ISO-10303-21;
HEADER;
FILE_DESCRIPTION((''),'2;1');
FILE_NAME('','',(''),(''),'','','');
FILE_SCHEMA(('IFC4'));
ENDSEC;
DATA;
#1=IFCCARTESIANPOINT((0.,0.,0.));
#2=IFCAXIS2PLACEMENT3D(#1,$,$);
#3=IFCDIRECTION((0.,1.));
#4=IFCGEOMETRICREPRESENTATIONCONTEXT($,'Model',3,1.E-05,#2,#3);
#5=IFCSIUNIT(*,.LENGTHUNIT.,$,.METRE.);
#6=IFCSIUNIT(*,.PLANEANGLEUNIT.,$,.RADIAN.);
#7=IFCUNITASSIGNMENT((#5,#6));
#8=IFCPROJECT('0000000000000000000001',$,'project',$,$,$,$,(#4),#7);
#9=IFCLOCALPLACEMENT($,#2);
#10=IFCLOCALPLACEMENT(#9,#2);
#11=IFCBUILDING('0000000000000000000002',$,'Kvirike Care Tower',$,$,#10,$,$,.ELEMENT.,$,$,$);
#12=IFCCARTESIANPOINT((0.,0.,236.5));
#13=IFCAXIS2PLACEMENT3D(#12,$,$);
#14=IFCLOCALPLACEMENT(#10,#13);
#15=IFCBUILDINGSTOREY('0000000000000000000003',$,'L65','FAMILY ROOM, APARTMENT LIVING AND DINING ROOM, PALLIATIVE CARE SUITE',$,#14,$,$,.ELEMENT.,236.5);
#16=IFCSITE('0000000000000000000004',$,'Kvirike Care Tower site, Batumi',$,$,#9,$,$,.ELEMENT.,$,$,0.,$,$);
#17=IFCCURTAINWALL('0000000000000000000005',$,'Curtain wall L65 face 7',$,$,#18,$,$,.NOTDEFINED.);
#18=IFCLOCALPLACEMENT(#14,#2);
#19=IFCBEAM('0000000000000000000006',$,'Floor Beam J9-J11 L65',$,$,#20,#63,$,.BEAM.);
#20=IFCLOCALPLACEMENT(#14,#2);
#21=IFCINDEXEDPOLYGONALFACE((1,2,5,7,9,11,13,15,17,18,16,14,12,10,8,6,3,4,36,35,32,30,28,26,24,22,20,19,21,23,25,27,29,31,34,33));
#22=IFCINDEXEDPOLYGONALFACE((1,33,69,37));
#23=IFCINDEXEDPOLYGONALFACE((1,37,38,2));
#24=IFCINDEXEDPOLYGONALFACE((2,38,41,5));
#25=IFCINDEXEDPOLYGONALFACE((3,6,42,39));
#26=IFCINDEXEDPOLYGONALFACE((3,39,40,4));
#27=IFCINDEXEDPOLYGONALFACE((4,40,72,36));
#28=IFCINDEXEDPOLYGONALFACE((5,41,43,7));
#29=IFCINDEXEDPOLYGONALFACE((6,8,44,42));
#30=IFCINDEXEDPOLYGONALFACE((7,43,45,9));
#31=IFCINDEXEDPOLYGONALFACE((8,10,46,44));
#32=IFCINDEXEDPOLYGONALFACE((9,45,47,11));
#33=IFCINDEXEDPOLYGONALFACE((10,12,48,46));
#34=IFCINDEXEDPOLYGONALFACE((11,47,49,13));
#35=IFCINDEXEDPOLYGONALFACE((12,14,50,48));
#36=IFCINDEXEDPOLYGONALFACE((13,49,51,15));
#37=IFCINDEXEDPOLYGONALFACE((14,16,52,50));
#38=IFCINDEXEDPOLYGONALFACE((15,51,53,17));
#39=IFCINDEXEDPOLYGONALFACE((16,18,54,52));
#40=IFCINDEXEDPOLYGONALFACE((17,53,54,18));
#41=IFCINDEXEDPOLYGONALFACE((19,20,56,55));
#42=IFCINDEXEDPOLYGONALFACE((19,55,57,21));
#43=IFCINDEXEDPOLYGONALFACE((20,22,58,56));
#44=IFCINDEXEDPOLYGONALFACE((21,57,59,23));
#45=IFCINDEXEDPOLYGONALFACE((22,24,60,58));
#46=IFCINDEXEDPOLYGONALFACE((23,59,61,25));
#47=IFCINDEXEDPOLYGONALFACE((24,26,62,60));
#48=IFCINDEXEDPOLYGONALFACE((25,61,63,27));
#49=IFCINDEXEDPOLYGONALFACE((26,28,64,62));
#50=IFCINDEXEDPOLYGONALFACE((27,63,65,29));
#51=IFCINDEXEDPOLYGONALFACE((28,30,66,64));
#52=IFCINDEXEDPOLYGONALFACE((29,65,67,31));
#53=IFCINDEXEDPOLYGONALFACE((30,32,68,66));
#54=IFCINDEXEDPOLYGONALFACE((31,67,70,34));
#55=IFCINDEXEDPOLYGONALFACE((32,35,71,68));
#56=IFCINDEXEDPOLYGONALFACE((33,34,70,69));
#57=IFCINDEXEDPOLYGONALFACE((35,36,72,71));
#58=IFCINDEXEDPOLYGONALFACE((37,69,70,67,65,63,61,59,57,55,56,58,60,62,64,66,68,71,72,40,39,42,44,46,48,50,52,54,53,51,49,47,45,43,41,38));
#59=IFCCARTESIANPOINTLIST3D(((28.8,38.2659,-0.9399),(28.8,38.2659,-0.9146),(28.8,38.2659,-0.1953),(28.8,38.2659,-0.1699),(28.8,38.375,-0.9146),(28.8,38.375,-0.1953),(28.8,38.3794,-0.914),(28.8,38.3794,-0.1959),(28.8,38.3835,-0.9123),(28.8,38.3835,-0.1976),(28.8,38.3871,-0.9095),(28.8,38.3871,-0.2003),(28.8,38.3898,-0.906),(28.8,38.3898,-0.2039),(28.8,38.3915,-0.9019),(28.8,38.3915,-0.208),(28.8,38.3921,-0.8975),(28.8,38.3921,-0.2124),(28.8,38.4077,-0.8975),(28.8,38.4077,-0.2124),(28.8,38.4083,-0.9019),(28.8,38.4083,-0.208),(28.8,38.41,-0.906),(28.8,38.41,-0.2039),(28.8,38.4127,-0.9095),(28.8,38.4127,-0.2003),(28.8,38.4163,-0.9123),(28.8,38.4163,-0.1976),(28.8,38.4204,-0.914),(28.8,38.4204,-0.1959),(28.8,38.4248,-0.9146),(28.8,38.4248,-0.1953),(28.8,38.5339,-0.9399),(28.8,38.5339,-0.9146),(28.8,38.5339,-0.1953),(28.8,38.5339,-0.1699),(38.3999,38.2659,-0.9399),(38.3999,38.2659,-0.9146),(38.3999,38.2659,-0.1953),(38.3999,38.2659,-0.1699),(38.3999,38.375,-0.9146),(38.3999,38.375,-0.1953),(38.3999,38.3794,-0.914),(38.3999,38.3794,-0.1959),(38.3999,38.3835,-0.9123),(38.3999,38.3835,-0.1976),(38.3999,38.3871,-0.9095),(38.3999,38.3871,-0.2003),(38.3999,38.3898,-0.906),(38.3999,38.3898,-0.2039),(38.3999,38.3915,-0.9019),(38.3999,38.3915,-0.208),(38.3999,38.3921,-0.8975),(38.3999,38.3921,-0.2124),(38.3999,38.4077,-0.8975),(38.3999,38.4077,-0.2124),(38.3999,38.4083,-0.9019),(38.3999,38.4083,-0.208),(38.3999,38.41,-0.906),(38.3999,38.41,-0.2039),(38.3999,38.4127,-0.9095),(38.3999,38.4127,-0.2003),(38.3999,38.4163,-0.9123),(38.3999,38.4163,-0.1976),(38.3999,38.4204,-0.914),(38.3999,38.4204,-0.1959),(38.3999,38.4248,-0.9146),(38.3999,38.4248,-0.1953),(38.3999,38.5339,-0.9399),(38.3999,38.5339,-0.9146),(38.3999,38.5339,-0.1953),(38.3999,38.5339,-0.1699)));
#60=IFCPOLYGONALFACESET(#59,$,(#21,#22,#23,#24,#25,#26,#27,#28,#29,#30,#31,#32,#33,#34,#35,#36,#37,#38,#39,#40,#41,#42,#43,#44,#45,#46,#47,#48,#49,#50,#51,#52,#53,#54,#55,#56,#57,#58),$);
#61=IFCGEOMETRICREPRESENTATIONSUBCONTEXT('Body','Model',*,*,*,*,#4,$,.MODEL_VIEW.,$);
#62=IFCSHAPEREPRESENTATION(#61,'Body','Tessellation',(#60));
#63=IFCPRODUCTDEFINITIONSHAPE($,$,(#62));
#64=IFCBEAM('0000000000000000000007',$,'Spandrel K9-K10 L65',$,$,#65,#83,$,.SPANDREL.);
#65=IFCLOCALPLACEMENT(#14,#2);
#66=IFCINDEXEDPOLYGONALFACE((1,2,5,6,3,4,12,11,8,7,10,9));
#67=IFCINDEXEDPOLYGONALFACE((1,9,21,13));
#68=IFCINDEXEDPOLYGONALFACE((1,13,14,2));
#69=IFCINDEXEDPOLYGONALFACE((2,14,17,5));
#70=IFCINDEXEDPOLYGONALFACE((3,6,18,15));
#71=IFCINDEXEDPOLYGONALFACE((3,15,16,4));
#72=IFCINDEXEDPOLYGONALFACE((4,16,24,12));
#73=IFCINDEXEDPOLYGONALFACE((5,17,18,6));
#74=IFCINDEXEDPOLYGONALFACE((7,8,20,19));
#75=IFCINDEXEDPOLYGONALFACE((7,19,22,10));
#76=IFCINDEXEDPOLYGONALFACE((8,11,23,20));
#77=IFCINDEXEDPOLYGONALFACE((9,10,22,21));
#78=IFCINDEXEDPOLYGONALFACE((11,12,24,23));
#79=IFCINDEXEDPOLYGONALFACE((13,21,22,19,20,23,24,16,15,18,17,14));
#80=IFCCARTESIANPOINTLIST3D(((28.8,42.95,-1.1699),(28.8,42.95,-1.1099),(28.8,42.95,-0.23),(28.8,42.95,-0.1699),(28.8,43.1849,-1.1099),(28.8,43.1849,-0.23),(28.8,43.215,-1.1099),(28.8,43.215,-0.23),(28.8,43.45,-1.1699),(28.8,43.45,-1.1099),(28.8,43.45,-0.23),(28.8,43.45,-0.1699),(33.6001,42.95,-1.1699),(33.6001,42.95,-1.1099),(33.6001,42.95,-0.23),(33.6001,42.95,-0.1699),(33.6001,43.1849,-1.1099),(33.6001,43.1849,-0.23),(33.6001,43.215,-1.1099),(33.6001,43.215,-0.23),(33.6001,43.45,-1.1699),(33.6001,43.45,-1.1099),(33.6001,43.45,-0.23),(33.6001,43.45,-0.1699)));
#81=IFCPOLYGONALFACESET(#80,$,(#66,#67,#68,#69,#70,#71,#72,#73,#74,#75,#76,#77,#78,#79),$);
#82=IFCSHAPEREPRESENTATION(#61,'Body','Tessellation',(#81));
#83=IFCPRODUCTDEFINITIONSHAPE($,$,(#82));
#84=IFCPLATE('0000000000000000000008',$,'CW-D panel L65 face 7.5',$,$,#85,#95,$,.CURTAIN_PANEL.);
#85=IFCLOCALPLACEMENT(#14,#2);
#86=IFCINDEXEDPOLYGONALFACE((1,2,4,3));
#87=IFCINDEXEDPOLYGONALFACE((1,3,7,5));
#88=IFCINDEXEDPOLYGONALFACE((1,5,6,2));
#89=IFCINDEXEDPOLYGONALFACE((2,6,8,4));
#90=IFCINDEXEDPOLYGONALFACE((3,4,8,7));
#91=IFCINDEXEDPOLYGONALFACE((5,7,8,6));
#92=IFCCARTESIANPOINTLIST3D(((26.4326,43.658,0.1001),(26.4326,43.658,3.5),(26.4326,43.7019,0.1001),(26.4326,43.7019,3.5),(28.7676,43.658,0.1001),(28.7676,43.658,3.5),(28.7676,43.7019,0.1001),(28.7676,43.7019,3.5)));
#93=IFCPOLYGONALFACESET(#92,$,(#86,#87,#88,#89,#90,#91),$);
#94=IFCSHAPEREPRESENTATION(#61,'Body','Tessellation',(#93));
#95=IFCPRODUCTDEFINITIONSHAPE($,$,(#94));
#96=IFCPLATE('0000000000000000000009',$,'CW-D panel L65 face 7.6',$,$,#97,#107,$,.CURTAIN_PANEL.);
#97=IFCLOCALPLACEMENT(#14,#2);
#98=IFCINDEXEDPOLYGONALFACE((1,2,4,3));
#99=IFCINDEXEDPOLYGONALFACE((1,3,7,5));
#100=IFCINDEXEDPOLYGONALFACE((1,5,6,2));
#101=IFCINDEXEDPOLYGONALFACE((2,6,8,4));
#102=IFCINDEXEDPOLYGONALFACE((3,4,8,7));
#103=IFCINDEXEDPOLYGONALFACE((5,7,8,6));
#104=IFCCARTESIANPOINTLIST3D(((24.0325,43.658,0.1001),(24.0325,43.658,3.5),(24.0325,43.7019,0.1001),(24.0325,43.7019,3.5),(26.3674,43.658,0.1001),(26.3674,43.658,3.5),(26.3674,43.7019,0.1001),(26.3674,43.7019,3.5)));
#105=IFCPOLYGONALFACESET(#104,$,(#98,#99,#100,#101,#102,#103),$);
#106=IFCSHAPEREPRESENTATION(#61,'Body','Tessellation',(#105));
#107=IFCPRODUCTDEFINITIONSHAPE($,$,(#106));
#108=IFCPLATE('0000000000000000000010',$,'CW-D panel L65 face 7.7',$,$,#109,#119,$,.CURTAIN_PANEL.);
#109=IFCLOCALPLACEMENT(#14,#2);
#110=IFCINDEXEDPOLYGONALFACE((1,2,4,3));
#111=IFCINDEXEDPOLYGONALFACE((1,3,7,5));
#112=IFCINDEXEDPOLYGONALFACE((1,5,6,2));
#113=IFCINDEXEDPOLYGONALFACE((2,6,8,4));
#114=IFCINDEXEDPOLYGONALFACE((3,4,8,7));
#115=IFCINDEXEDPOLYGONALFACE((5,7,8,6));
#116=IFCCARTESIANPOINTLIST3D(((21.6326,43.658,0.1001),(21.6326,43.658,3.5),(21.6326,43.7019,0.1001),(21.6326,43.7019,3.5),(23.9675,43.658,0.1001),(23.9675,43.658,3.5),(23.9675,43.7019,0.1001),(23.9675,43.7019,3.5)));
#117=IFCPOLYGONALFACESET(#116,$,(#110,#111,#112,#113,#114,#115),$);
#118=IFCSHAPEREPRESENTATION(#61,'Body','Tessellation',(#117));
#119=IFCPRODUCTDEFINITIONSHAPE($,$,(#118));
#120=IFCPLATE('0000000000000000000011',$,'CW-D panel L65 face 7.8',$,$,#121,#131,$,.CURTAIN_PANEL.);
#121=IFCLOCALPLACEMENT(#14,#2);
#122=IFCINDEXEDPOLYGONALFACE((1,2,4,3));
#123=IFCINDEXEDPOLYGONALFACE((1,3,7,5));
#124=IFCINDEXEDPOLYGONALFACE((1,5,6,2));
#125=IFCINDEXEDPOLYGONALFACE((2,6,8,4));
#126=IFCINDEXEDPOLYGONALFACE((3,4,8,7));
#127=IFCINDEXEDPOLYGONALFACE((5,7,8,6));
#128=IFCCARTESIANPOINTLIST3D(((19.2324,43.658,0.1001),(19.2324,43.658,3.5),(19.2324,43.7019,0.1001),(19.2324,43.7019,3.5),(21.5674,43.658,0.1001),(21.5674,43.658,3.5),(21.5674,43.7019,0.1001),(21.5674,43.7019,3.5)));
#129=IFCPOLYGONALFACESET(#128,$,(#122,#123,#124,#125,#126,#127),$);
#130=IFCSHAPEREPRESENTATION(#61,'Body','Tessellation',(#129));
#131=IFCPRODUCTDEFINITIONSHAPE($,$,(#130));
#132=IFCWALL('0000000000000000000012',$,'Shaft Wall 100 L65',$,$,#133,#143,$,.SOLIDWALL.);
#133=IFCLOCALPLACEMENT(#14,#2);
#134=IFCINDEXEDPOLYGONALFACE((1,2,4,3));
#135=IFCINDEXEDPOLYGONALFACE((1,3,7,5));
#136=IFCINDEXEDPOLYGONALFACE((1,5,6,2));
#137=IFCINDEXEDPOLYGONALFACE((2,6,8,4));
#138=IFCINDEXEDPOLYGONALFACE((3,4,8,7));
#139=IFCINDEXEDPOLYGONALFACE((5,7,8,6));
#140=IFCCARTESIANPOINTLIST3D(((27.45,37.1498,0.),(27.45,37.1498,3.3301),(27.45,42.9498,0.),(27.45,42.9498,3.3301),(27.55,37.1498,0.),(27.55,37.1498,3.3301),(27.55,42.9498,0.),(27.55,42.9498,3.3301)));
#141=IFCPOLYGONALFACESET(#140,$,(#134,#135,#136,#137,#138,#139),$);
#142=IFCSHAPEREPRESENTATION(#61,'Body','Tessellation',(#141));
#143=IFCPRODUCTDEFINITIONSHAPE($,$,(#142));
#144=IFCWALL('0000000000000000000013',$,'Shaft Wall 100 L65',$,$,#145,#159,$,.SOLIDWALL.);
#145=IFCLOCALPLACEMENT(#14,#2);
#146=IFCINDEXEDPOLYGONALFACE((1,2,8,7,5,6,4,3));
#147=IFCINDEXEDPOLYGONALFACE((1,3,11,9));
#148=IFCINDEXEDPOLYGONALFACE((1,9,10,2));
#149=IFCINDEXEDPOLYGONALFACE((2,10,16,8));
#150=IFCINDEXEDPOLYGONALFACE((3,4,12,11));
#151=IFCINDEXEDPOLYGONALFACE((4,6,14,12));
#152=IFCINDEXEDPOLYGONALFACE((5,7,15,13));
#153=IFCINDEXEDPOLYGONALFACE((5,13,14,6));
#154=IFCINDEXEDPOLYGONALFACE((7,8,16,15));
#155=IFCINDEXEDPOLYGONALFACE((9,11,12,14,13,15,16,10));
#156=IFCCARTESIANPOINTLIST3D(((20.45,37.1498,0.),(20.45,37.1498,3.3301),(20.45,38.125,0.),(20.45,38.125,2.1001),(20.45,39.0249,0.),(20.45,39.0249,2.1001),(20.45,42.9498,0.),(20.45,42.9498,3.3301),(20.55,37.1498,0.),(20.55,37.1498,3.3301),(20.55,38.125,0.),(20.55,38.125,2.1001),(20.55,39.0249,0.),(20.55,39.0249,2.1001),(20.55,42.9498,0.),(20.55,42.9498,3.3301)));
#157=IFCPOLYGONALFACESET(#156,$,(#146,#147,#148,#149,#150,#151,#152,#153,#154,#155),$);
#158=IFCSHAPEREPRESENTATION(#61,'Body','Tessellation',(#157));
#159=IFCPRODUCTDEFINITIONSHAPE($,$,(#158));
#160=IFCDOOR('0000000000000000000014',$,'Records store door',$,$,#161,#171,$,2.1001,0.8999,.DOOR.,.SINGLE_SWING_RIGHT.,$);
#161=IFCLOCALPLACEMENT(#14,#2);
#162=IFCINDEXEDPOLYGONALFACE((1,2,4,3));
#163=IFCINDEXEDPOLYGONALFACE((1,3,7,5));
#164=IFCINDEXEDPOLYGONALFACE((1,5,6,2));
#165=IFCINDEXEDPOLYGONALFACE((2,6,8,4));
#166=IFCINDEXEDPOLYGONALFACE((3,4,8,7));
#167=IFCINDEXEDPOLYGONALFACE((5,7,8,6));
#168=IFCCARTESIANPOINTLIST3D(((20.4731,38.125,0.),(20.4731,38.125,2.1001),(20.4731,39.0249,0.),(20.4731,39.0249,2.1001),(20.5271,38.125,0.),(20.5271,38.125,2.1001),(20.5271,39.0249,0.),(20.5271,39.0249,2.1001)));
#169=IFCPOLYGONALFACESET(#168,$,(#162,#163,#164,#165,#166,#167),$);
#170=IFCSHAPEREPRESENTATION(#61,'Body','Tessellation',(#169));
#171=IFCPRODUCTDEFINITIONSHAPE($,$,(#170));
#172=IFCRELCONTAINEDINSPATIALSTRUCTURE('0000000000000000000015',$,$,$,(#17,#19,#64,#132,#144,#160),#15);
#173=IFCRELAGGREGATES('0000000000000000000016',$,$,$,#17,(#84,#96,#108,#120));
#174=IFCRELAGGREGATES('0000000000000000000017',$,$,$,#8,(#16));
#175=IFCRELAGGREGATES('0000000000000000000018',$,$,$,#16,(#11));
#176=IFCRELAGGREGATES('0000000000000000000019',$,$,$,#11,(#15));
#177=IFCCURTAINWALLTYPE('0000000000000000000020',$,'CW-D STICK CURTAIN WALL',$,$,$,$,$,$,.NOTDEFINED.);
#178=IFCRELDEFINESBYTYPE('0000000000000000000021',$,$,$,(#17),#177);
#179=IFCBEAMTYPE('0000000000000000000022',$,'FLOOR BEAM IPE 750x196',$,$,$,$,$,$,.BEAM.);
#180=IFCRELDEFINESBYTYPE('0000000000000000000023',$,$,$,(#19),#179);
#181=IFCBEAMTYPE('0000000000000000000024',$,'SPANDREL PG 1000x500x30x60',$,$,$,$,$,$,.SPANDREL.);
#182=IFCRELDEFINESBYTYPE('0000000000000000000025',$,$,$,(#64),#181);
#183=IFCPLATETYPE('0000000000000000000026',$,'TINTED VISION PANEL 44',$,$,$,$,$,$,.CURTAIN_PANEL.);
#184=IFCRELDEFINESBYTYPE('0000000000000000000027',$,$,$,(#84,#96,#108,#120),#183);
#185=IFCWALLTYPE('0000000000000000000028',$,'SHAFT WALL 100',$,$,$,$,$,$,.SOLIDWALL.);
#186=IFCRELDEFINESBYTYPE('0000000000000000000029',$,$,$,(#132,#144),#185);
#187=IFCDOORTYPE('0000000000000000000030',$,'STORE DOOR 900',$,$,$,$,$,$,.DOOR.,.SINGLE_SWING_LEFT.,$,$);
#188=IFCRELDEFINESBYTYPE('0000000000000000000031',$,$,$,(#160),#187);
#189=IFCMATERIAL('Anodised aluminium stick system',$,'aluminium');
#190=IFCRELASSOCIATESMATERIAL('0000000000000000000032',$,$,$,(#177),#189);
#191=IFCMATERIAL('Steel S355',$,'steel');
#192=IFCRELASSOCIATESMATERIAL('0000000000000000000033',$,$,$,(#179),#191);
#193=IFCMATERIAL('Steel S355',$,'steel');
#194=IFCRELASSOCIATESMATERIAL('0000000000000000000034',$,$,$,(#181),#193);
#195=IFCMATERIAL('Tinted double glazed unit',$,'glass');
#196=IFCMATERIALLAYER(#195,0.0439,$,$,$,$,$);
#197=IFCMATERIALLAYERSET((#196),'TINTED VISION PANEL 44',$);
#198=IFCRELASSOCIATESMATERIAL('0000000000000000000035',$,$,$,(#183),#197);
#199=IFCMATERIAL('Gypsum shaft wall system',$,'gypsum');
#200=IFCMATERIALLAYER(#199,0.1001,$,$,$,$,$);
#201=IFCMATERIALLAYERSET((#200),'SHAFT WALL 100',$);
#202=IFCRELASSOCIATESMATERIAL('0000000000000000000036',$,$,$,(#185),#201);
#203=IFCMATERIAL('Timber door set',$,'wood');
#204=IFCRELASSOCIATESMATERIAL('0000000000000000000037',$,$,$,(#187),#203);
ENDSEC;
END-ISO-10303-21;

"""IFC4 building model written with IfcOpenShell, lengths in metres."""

from ifc_helpers import new_model, si_unit, direction, frame, frame_2d, origin, origin_2d, place, context, subcontext, project, spatial, rectangle, i_section, extrude, material, layer, layer_set, material_profile, profile_set, type_object, element, fill, aggregate, save


model = new_model("IFC4")

# Units and contexts
model_context = context("Model", 3, precision=1e-05, world=origin(), true_north=direction((0.0, 1.0)))
body_context = subcontext(model_context, "Body", "Model", "MODEL_VIEW")
ifc_project = project(units=[si_unit("LENGTHUNIT", "METRE"), si_unit("PLANEANGLEUNIT", "RADIAN")], contexts=[model_context])

# Site, building, storey
site_placement = place(None, origin())
site = spatial("IfcSite", under=ifc_project, at=site_placement, Name="Kvirike Care Tower site, Batumi", CompositionType="ELEMENT", RefElevation=0.0)
building_placement = place(site_placement, origin())
building = spatial("IfcBuilding", under=site, at=building_placement, Name="Kvirike Care Tower", CompositionType="ELEMENT")
storey_placement = place(building_placement, frame((0.0, 0.0, 236.5)))
storey = spatial("IfcBuildingStorey", under=building, at=storey_placement, Name="L65", Description="FAMILY ROOM, APARTMENT LIVING AND DINING ROOM, PALLIATIVE CARE SUITE", CompositionType="ELEMENT", Elevation=236.5)

# Curtain wall
ifc_material_1 = material(Name="Anodised aluminium stick system", Category="aluminium")
curtain_wall_type = type_object("IfcCurtainWallType", Name="CW-D STICK CURTAIN WALL", PredefinedType="NOTDEFINED", material=ifc_material_1)
curtain_wall_placement = place(storey_placement, origin())
curtain_wall = element("IfcCurtainWall", 1, at=curtain_wall_placement, inside=storey, type_object=curtain_wall_type, Name="Curtain wall L65 face 7", PredefinedType="NOTDEFINED")

# Beams
ifc_material_2 = material(Name="Steel S355", Category="steel")
ifc_material_profile_1 = material_profile(ifc_material_2, i_section(OverallWidth=0.2681, OverallDepth=0.77, WebThickness=0.0156, FlangeThickness=0.0254, FilletRadius=0.0171, at=origin_2d()), Name="IPE 750x196")
ifc_profile_set_1 = profile_set([ifc_material_profile_1], Name="Steel S355")
beam_type_1 = type_object("IfcBeamType", Name="FLOOR BEAM IPE 750x196", PredefinedType="BEAM", material=ifc_profile_set_1)
for number, where, z_axis, x_axis, name in (
    (2, (28.8, 38.3999, -0.5549), (1.0, 0.0, 0.0), (0.0, 1.0, 0.0), "Floor Beam J9-J11 L65"),
):
    element("IfcBeam", number, at=place(storey_placement, frame(where, z_axis=z_axis, x_axis=x_axis)), inside=storey, type_object=beam_type_1, Name=name, PredefinedType="BEAM", context=body_context, shape_type="SweptSolid", body=[
        extrude(i_section(OverallWidth=0.2681, OverallDepth=0.77, WebThickness=0.0156, FlangeThickness=0.0254, FilletRadius=0.0171, at=origin_2d()), origin(), (0.0, 0.0, 1.0), 9.5999),
    ])
ifc_material_3 = material(Name="Steel S355", Category="steel")
ifc_material_profile_2 = material_profile(ifc_material_3, i_section(OverallWidth=0.5, OverallDepth=1.0, WebThickness=0.03, FlangeThickness=0.0601, at=origin_2d()), Name="PG 1000x500x30x60")
ifc_profile_set_2 = profile_set([ifc_material_profile_2], Name="Steel S355")
beam_type_2 = type_object("IfcBeamType", Name="SPANDREL PG 1000x500x30x60", PredefinedType="SPANDREL", material=ifc_profile_set_2)
beam_placement = place(storey_placement, frame((28.8, 43.2, -0.6699), z_axis=(1.0, 0.0, 0.0), x_axis=(0.0, 1.0, 0.0)))
element("IfcBeam", 3, at=beam_placement, inside=storey, type_object=beam_type_2, Name="Spandrel K9-K10 L65", PredefinedType="SPANDREL", context=body_context, shape_type="SweptSolid", body=[
    extrude(i_section(OverallWidth=0.5, OverallDepth=1.0, WebThickness=0.03, FlangeThickness=0.0601, at=origin_2d()), origin(), (0.0, 0.0, 1.0), 4.8),
])

# Plates
ifc_material_4 = material(Name="Tinted double glazed unit", Category="glass")
ifc_layer_1 = layer(ifc_material_4, 0.0439)
ifc_layer_set_1 = layer_set([ifc_layer_1], Name="TINTED VISION PANEL 44")
plate_type = type_object("IfcPlateType", Name="TINTED VISION PANEL 44", PredefinedType="CURTAIN_PANEL", material=ifc_layer_set_1)
plate_1_placement = place(storey_placement, frame((27.6001, 43.6799, 0.1001), z_axis=(0.0, 0.0, 1.0), x_axis=(-1.0, 0.0, 0.0)))
plate_1 = element("IfcPlate", 4, at=plate_1_placement, type_object=plate_type, Name="CW-D panel L65 face 7.5", PredefinedType="CURTAIN_PANEL", context=body_context, shape_type="SweptSolid", body=[
    extrude(rectangle(XDim=2.335, YDim=0.0439, at=origin_2d()), origin(), (0.0, 0.0, 1.0), 3.3999),
])
plate_2_placement = place(storey_placement, frame((25.2, 43.6799, 0.1001), z_axis=(0.0, 0.0, 1.0), x_axis=(-1.0, 0.0, 0.0)))
plate_2 = element("IfcPlate", 5, at=plate_2_placement, type_object=plate_type, Name="CW-D panel L65 face 7.6", PredefinedType="CURTAIN_PANEL", context=body_context, shape_type="SweptSolid", body=[
    extrude(rectangle(XDim=2.335, YDim=0.0439, at=origin_2d()), origin(), (0.0, 0.0, 1.0), 3.3999),
])
plate_3_placement = place(storey_placement, frame((22.8, 43.6799, 0.1001), z_axis=(0.0, 0.0, 1.0), x_axis=(-1.0, 0.0, 0.0)))
plate_3 = element("IfcPlate", 6, at=plate_3_placement, type_object=plate_type, Name="CW-D panel L65 face 7.7", PredefinedType="CURTAIN_PANEL", context=body_context, shape_type="SweptSolid", body=[
    extrude(rectangle(XDim=2.335, YDim=0.0439, at=origin_2d()), origin(), (0.0, 0.0, 1.0), 3.3999),
])
plate_4_placement = place(storey_placement, frame((20.3999, 43.6799, 0.1001), z_axis=(0.0, 0.0, 1.0), x_axis=(-1.0, 0.0, 0.0)))
plate_4 = element("IfcPlate", 7, at=plate_4_placement, type_object=plate_type, Name="CW-D panel L65 face 7.8", PredefinedType="CURTAIN_PANEL", context=body_context, shape_type="SweptSolid", body=[
    extrude(rectangle(XDim=2.335, YDim=0.0439, at=origin_2d()), origin(), (0.0, 0.0, 1.0), 3.3999),
])
aggregate(curtain_wall, [plate_1, plate_2, plate_3, plate_4])

# Wall
ifc_material_5 = material(Name="Gypsum shaft wall system", Category="gypsum")
ifc_layer_2 = layer(ifc_material_5, 0.1001)
ifc_layer_set_2 = layer_set([ifc_layer_2], Name="SHAFT WALL 100")
wall_type = type_object("IfcWallType", Name="SHAFT WALL 100", PredefinedType="SOLIDWALL", material=ifc_layer_set_2)
wall_1_placement = place(storey_placement, frame((27.5, 37.1499, 0.0), z_axis=(0.0, 0.0, 1.0), x_axis=(0.0, 1.0, 0.0)))
element("IfcWall", 8, at=wall_1_placement, inside=storey, type_object=wall_type, Name="Shaft Wall 100 L65", PredefinedType="SOLIDWALL", context=body_context, shape_type="SweptSolid", body=[
    extrude(rectangle(XDim=5.8, YDim=0.1001, at=frame_2d((2.8999, 0.0))), origin(), (0.0, 0.0, 1.0), 3.3301),
])

# Wall, opening, door
wall_2_placement = place(storey_placement, frame((20.5, 37.1499, 0.0), z_axis=(0.0, 0.0, 1.0), x_axis=(0.0, 1.0, 0.0)))
wall_2 = element("IfcWall", 9, at=wall_2_placement, inside=storey, type_object=wall_type, Name="Shaft Wall 100 L65", PredefinedType="SOLIDWALL", context=body_context, shape_type="SweptSolid", body=[
    extrude(rectangle(XDim=5.8, YDim=0.1001, at=frame_2d((2.8999, 0.0))), origin(), (0.0, 0.0, 1.0), 3.3301),
])
opening_1_placement = place(wall_2_placement, frame((0.9751, 0.0, 0.0)))
opening_1 = element("IfcOpeningElement", 10, at=opening_1_placement, cuts=wall_2, PredefinedType="OPENING", context=body_context, shape_type="SweptSolid", body=[
    extrude(rectangle(XDim=0.8999, YDim=2.1001, at=frame_2d((0.45, 1.05))), frame((0.0, 0.0605, 0.0), z_axis=(0.0, -1.0, 0.0), x_axis=(1.0, 0.0, 0.0)), (0.0, 0.0, 1.0), 0.1211),
])
ifc_material_6 = material(Name="Timber door set", Category="wood")
door_type_1 = type_object("IfcDoorType", Name="STORE DOOR 900", OperationType="SINGLE_SWING_LEFT", PredefinedType="DOOR", material=ifc_material_6)
door_1_placement = place(opening_1_placement, origin())
door_1 = element("IfcDoor", 11, at=door_1_placement, inside=storey, type_object=door_type_1, Name="Records store door", OperationType="SINGLE_SWING_RIGHT", OverallHeight=2.1001, OverallWidth=0.8999, PredefinedType="DOOR", context=body_context, shape_type="SweptSolid", body=[
    extrude(rectangle(XDim=0.8999, YDim=2.1001, at=frame_2d((0.45, 1.05))), frame((0.0, 0.0269, 0.0), z_axis=(0.0, -1.0, 0.0), x_axis=(1.0, 0.0, 0.0)), (0.0, 0.0, 1.0), 0.054),
])
fill(opening_1, door_1)

save(model, "model.ifc")
